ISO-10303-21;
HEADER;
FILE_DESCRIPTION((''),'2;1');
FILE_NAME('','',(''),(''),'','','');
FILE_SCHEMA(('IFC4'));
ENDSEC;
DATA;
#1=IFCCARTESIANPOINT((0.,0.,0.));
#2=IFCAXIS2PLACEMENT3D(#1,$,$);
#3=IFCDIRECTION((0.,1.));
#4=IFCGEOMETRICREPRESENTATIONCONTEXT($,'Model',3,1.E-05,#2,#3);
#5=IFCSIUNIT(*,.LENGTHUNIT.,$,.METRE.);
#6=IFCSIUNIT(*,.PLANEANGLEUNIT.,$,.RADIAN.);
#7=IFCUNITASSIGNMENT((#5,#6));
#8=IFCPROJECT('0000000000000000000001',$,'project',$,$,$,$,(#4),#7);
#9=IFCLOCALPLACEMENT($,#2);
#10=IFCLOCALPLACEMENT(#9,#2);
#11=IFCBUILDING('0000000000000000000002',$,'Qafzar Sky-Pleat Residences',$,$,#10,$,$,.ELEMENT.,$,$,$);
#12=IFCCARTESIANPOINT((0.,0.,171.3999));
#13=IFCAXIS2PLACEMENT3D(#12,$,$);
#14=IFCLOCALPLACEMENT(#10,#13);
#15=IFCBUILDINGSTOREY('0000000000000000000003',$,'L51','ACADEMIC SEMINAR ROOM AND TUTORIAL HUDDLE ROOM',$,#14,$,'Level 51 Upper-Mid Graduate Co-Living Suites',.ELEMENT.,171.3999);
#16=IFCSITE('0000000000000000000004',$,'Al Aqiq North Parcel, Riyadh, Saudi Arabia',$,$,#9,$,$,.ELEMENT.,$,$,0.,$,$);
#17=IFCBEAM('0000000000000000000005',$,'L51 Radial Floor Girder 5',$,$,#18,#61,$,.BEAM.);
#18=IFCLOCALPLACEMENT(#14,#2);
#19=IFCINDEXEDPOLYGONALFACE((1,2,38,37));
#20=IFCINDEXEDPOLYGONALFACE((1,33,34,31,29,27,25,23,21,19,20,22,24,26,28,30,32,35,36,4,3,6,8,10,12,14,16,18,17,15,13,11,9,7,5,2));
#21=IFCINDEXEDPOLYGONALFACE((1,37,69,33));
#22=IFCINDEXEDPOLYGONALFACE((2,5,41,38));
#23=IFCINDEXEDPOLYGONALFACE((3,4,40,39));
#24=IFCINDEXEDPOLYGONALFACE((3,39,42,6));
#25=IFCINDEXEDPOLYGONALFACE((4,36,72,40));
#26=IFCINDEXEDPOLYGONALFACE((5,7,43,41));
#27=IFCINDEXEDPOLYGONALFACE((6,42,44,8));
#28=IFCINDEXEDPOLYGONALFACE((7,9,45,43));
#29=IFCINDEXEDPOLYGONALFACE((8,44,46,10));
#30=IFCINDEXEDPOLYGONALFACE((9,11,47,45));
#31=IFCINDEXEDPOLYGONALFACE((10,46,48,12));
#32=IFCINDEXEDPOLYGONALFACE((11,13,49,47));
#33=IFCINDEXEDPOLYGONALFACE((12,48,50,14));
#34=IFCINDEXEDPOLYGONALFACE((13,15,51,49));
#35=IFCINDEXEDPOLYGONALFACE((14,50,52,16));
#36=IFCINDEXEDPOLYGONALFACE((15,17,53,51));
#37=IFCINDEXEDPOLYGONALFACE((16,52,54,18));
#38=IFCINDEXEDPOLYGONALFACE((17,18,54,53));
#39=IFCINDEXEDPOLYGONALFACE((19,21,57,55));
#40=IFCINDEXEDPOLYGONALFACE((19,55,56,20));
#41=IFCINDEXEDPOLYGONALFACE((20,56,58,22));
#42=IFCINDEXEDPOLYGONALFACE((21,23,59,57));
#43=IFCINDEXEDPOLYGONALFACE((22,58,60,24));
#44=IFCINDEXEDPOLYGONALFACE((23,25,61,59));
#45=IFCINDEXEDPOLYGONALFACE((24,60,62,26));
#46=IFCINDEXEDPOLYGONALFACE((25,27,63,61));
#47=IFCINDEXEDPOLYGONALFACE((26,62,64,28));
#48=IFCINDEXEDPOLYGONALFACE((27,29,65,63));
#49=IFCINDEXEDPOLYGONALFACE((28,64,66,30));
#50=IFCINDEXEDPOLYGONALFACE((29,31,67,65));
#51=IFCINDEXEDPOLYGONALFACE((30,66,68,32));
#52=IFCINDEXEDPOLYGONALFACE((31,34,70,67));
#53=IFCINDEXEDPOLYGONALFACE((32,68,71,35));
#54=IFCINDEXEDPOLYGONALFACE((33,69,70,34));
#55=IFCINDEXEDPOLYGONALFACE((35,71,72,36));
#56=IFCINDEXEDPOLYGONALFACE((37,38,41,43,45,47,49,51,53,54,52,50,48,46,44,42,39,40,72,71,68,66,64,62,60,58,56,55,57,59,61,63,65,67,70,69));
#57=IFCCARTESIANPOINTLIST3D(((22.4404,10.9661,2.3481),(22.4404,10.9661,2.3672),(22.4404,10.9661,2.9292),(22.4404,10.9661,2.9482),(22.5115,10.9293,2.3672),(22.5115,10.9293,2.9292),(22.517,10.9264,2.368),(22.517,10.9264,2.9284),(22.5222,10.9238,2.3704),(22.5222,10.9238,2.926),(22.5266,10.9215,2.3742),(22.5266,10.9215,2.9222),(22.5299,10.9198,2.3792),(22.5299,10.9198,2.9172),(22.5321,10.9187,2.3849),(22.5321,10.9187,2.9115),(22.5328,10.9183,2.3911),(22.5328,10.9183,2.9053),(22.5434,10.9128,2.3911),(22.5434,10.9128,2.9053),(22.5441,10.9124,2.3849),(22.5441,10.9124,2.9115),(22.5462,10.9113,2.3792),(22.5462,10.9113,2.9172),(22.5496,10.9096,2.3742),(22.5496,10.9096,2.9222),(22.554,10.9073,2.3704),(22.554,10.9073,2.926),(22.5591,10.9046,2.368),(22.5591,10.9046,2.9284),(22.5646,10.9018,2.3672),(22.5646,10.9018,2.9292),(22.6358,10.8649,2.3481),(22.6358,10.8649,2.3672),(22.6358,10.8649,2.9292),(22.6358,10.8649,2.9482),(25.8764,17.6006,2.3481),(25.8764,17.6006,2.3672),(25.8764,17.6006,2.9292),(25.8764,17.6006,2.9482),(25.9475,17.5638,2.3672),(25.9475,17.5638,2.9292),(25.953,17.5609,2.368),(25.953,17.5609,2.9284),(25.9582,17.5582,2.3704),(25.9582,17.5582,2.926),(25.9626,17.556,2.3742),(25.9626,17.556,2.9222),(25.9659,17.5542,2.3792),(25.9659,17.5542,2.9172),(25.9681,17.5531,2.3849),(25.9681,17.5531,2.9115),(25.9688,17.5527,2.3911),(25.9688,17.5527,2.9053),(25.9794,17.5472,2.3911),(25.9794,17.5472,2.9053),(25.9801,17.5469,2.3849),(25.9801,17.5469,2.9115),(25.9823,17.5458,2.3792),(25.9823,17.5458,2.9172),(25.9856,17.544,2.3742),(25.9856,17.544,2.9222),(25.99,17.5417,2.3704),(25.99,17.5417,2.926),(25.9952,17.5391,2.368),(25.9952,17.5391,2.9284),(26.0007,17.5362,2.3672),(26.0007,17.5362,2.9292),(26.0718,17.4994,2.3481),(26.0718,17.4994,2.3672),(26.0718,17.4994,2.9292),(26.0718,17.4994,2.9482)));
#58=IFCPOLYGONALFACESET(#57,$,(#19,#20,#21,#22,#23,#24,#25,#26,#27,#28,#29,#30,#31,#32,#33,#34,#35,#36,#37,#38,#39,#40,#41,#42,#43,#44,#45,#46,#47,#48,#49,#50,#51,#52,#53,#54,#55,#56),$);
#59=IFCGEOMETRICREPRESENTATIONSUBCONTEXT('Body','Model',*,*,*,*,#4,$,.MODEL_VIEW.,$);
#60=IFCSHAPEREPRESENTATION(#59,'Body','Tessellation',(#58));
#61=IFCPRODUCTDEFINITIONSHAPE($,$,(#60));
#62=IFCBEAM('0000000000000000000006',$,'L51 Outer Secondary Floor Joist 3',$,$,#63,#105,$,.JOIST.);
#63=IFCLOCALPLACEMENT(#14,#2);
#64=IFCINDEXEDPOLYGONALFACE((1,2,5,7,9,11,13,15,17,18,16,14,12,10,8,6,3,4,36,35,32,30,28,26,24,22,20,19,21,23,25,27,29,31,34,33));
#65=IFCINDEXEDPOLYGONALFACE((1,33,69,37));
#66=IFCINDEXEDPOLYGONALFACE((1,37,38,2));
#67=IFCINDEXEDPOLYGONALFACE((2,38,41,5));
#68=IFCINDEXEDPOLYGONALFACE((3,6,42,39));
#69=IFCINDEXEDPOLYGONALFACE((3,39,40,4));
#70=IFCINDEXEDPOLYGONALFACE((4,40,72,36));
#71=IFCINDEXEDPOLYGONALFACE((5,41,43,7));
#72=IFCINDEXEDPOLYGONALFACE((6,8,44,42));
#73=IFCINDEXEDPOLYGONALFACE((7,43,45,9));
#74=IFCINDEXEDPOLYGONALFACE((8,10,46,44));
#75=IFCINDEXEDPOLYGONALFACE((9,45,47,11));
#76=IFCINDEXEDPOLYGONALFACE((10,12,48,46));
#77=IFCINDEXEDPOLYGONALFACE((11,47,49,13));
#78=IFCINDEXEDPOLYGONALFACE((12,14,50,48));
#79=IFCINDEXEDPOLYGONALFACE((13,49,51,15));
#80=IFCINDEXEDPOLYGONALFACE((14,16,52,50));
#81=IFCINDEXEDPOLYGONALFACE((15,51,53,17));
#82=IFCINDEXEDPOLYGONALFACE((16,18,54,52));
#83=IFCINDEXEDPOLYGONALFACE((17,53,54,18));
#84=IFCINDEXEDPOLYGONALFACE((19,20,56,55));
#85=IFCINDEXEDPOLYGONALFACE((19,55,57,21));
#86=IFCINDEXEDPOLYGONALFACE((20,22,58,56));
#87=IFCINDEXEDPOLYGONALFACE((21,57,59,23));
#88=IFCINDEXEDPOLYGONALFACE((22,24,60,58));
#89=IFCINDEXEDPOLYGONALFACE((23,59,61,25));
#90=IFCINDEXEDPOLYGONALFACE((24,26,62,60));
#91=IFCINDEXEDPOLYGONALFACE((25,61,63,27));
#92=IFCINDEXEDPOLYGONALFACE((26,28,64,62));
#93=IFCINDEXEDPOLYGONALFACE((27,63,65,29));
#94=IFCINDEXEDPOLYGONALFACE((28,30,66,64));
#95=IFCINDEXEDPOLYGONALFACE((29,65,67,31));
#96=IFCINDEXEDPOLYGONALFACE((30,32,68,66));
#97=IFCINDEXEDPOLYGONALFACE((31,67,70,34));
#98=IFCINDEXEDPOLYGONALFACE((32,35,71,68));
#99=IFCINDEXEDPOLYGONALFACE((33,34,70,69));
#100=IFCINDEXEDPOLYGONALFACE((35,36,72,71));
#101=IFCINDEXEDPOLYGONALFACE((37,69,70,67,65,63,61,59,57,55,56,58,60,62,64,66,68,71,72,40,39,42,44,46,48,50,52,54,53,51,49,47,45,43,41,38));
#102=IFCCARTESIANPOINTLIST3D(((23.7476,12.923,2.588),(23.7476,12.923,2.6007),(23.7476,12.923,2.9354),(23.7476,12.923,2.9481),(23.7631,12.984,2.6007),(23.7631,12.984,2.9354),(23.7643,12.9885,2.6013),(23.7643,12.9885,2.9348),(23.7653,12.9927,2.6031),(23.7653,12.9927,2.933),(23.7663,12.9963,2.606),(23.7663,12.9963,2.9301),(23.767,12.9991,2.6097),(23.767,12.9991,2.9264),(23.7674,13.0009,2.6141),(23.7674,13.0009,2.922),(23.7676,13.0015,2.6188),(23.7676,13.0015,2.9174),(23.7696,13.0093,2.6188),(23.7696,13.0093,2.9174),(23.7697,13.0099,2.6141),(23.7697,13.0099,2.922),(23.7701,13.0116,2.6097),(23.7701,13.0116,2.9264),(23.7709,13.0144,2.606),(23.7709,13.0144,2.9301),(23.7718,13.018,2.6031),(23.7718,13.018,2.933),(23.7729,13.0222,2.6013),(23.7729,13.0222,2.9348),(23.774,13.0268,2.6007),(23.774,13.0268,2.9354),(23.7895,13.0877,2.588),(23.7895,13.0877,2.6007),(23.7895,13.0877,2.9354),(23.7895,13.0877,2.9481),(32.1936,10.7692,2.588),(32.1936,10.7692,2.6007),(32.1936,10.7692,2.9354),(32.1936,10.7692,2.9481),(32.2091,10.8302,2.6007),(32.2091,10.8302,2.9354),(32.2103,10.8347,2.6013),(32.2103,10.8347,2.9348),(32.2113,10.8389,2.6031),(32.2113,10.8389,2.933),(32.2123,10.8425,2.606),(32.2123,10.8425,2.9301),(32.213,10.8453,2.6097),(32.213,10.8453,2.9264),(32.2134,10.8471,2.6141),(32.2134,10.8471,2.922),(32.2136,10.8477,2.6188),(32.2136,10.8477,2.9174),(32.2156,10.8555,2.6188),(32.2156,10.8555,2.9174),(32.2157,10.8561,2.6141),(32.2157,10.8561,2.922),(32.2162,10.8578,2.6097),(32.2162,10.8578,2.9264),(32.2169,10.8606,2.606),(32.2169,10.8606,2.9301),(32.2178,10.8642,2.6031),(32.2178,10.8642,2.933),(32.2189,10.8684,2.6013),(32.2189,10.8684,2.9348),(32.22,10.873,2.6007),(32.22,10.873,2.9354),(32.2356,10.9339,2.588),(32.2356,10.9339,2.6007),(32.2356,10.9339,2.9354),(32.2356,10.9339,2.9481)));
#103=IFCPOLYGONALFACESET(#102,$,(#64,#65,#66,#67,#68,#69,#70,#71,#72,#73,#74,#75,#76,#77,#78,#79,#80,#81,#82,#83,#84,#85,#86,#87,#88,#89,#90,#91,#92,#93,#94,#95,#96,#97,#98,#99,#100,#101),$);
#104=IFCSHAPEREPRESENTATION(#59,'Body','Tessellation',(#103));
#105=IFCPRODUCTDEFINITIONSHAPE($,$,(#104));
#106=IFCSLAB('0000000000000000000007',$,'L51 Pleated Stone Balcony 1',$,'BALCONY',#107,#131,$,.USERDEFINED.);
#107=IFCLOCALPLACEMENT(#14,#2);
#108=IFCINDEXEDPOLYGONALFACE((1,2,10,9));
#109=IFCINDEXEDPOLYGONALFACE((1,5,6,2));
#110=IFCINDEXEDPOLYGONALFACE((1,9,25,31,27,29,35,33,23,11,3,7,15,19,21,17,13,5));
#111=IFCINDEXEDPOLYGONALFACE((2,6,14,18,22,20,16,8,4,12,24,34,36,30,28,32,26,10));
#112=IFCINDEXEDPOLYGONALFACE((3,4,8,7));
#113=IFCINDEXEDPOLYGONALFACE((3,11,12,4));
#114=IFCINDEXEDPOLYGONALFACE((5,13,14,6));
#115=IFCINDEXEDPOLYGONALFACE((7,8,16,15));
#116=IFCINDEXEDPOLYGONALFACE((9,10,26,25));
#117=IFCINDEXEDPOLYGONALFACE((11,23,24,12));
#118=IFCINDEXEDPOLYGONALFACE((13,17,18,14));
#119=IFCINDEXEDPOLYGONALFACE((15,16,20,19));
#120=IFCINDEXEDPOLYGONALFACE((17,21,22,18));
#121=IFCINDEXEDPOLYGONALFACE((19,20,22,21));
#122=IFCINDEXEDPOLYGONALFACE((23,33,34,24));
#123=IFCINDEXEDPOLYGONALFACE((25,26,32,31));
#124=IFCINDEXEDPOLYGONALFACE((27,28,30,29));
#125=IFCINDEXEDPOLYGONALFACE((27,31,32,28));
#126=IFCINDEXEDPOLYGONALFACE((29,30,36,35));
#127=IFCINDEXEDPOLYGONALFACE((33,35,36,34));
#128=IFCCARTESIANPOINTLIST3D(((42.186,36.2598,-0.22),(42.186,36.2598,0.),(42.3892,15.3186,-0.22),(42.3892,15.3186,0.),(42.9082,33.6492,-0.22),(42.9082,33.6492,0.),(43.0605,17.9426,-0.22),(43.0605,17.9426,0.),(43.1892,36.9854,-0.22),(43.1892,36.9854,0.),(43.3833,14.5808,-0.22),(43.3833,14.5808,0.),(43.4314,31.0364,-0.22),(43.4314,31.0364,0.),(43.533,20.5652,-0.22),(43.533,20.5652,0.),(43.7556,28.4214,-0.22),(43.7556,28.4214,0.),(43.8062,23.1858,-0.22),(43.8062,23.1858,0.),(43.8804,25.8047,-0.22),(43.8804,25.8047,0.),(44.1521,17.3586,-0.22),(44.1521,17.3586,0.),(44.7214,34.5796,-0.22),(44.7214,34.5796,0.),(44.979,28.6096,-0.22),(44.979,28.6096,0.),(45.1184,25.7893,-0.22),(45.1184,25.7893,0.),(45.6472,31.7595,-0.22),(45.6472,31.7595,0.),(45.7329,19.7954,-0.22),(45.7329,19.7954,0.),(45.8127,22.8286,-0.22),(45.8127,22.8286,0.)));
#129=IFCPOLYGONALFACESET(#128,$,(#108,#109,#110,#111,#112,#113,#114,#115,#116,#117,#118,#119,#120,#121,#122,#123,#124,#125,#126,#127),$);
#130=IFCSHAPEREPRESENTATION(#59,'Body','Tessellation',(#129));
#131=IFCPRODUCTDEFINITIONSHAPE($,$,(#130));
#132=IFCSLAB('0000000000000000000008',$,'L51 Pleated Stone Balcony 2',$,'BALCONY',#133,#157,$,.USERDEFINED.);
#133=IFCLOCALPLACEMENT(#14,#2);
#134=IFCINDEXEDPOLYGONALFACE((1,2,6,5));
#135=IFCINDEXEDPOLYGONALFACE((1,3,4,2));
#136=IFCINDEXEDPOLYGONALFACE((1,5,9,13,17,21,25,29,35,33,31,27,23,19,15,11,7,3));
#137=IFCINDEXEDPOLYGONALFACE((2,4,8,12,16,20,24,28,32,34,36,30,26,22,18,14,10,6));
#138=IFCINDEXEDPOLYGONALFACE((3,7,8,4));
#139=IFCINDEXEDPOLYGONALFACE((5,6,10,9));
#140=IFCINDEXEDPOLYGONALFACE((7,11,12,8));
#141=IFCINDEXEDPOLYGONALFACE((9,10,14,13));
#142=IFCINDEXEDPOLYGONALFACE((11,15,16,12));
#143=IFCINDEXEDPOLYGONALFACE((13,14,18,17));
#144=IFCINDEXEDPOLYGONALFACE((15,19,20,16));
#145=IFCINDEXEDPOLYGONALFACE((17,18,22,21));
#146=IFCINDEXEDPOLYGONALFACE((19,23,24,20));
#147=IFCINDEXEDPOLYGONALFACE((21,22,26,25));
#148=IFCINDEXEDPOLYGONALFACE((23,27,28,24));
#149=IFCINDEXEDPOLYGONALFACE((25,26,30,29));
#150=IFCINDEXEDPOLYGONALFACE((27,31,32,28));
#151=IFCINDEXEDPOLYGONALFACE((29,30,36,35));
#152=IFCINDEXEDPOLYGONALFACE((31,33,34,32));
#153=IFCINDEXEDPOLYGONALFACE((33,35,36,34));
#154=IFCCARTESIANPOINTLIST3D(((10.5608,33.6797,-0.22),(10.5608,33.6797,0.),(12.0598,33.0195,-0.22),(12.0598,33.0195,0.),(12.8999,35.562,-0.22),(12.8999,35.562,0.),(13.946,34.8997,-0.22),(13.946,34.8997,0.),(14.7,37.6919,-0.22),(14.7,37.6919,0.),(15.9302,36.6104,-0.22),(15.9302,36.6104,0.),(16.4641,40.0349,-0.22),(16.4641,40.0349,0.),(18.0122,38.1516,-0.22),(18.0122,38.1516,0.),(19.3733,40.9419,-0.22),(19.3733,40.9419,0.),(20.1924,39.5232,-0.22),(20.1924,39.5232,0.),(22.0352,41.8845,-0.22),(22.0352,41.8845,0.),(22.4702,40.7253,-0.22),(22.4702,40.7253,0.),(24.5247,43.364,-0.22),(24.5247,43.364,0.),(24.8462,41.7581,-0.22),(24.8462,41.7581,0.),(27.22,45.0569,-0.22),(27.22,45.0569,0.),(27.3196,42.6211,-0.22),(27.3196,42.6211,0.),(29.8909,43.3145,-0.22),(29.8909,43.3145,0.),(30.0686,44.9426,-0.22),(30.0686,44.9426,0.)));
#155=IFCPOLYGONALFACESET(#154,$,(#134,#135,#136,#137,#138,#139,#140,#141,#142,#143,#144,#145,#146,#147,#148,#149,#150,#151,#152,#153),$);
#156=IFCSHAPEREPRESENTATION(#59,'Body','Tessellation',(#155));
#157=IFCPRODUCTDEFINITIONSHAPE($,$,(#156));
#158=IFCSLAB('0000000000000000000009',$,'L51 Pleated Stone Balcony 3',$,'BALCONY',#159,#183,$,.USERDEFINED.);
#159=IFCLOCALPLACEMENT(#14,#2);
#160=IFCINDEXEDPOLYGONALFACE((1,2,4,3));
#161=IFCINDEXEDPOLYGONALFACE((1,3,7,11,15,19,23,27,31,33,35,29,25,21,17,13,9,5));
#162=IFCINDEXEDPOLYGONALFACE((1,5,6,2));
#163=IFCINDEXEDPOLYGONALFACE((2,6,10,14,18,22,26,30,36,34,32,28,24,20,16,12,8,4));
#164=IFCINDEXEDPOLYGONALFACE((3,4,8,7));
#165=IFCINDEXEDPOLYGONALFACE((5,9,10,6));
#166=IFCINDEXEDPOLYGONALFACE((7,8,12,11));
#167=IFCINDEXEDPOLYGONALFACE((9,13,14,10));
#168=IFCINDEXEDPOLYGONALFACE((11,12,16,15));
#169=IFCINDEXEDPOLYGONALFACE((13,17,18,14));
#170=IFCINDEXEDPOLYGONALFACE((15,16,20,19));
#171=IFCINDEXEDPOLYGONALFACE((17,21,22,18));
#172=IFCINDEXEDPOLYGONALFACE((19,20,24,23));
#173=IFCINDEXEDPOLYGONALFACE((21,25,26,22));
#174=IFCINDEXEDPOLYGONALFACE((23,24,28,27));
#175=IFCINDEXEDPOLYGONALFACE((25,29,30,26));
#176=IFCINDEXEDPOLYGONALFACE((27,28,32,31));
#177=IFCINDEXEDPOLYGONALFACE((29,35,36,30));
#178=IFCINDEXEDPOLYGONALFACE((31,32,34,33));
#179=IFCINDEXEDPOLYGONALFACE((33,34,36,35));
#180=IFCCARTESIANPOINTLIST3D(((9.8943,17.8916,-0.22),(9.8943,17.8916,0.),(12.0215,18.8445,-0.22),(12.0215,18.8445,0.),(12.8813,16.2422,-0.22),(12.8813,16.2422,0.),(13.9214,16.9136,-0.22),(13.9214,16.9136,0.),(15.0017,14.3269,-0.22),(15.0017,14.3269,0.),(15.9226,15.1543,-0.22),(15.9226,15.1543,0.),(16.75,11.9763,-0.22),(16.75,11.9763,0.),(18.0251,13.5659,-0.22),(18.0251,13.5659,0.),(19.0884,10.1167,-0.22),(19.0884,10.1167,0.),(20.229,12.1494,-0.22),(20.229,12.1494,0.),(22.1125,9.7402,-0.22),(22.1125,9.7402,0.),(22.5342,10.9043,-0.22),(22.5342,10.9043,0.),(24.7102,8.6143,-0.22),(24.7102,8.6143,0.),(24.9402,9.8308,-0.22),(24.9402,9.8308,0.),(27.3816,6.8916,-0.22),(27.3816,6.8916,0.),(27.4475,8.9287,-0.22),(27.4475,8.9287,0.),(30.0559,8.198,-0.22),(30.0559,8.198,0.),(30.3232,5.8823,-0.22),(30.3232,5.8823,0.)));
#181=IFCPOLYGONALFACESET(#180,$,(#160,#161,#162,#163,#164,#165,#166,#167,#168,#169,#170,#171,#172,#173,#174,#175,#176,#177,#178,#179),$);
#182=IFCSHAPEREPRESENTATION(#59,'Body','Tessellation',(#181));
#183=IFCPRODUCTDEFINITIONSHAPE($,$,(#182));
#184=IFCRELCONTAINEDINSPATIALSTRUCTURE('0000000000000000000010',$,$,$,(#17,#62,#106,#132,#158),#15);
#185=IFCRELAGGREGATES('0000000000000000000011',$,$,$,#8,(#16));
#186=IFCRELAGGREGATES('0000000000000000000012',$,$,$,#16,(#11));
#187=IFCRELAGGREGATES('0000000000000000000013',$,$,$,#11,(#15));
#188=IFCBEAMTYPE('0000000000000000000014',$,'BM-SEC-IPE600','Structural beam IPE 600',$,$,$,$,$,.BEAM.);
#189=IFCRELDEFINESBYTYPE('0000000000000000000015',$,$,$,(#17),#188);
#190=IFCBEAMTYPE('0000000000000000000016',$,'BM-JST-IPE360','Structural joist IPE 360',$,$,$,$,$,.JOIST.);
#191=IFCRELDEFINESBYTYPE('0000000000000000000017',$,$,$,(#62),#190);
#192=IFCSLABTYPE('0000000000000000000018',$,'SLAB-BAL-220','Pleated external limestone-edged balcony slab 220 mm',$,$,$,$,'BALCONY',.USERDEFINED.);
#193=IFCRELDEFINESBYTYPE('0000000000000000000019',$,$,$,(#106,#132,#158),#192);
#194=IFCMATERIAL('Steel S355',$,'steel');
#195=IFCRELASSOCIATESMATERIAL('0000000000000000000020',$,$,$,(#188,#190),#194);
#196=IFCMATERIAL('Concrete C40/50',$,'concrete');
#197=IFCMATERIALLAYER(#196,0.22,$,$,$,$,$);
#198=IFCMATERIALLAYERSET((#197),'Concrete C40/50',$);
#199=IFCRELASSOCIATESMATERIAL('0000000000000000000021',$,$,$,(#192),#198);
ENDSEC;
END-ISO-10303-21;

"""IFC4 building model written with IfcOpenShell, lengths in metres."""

from ifc_helpers import new_model, si_unit, direction, frame, origin, origin_2d, place, context, subcontext, project, spatial, polyline, i_section, outline, extrude, source, transform, mapped, material, layer, layer_set, material_profile, profile_set, type_object, element, save


model = new_model("IFC4")

# Units and contexts
model_context = context("Model", 3, precision=1e-05, world=origin(), true_north=direction((0.0, 1.0)))
body_context = subcontext(model_context, "Body", "Model", "MODEL_VIEW")
ifc_project = project(units=[si_unit("LENGTHUNIT", "METRE"), si_unit("PLANEANGLEUNIT", "RADIAN")], contexts=[model_context])

# Site, building, storey
site_placement = place(None, origin())
site = spatial("IfcSite", under=ifc_project, at=site_placement, Name="Al Aqiq North Parcel, Riyadh, Saudi Arabia", CompositionType="ELEMENT", RefElevation=0.0)
building_placement = place(site_placement, origin())
building = spatial("IfcBuilding", under=site, at=building_placement, Name="Qafzar Sky-Pleat Residences", CompositionType="ELEMENT")
storey_placement = place(building_placement, frame((0.0, 0.0, 171.3999)))
storey = spatial("IfcBuildingStorey", under=building, at=storey_placement, Name="L51", Description="ACADEMIC SEMINAR ROOM AND TUTORIAL HUDDLE ROOM", LongName="Level 51 Upper-Mid Graduate Co-Living Suites", CompositionType="ELEMENT", Elevation=171.3999)

# Shared definitions
ifc_material_1 = material(Name="Steel S355", Category="steel")

# Beams
ifc_material_profile_1 = material_profile(ifc_material_1, i_section(OverallWidth=0.22, OverallDepth=0.6001, WebThickness=0.012, FlangeThickness=0.019, FilletRadius=0.0239, at=origin_2d()), Name="IPE 600")
ifc_profile_set_1 = profile_set([ifc_material_profile_1], Name="Steel S355")
beam_type_1 = type_object("IfcBeamType", Name="BM-SEC-IPE600", Description="Structural beam IPE 600", PredefinedType="BEAM", material=ifc_profile_set_1)
shared_shape_1 = source(origin(), body_context, "Body", "SweptSolid", [
    extrude(i_section(OverallWidth=0.22, OverallDepth=0.6001, WebThickness=0.012, FlangeThickness=0.019, FilletRadius=0.0239, at=origin_2d()), origin(), (0.0, 0.0, 1.0), 7.4714),
])
beam_1_placement = place(storey_placement, frame((22.5381, 10.9155, 2.6482), z_axis=(0.459886, 0.887978, 0.0), x_axis=(-0.887978, 0.459886, 0.0)))
element("IfcBeam", 1, at=beam_1_placement, inside=storey, type_object=beam_type_1, Name="L51 Radial Floor Girder 5", PredefinedType="BEAM", context=body_context, shape_type="MappedRepresentation", body=[
    mapped(shared_shape_1, transform((0.0, 0.0, 0.0), x_axis=(1.0, 0.0, 0.0), y_axis=(0.0, 1.0, 0.0), z_axis=(0.0, 0.0, 1.0), scale=1.0)),
])
ifc_material_profile_2 = material_profile(ifc_material_1, i_section(OverallWidth=0.1699, OverallDepth=0.3601, WebThickness=0.0081, FlangeThickness=0.0127, FilletRadius=0.0181, at=origin_2d()), Name="IPE 360")
ifc_profile_set_2 = profile_set([ifc_material_profile_2], Name="Steel S355")
beam_type_2 = type_object("IfcBeamType", Name="BM-JST-IPE360", Description="Structural joist IPE 360", PredefinedType="JOIST", material=ifc_profile_set_2)
shared_shape_2 = source(origin(), body_context, "Body", "SweptSolid", [
    extrude(i_section(OverallWidth=0.1699, OverallDepth=0.3601, WebThickness=0.0081, FlangeThickness=0.0127, FilletRadius=0.0181, at=origin_2d()), origin(), (0.0, 0.0, 1.0), 8.7163),
])
beam_2_placement = place(storey_placement, frame((23.7686, 13.0054, 2.7681), z_axis=(0.96899, -0.2471, 0.0), x_axis=(0.2471, 0.96899, 0.0)))
element("IfcBeam", 2, at=beam_2_placement, inside=storey, type_object=beam_type_2, Name="L51 Outer Secondary Floor Joist 3", PredefinedType="JOIST", context=body_context, shape_type="MappedRepresentation", body=[
    mapped(shared_shape_2, transform((0.0, 0.0, 0.0), x_axis=(1.0, 0.0, 0.0), y_axis=(0.0, 1.0, 0.0), z_axis=(0.0, 0.0, 1.0), scale=1.0)),
])

# Slabs
ifc_material_2 = material(Name="Concrete C40/50", Category="concrete")
ifc_layer_1 = layer(ifc_material_2, 0.22)
ifc_layer_set_1 = layer_set([ifc_layer_1], Name="Concrete C40/50")
slab_type_1 = type_object("IfcSlabType", Name="SLAB-BAL-220", Description="Pleated external limestone-edged balcony slab 220 mm", ElementType="BALCONY", PredefinedType="USERDEFINED", material=ifc_layer_set_1)
slab_1_placement = place(storey_placement, frame((0.0, 0.0, -0.22)))
element("IfcSlab", 3, at=slab_1_placement, inside=storey, type_object=slab_type_1, Name="L51 Pleated Stone Balcony 1", ObjectType="BALCONY", PredefinedType="USERDEFINED", context=body_context, shape_type="SweptSolid", body=[
    extrude(outline(polyline([(43.0605, 17.9426), (43.533, 20.5652), (43.8062, 23.1858), (43.8804, 25.8047), (43.7556, 28.4214), (43.4314, 31.0364), (42.9082, 33.6492), (42.186, 36.2598), (43.1892, 36.9854), (44.7214, 34.5796), (45.6472, 31.7595), (44.979, 28.6096), (45.1184, 25.7893), (45.8127, 22.8286), (45.7329, 19.7954), (44.1521, 17.3586), (43.3833, 14.5808), (42.3892, 15.3186), (43.0605, 17.9426)])), origin(), (0.0, 0.0, 1.0), 0.22),
])
slab_2_placement = place(storey_placement, frame((0.0, 0.0, -0.22)))
element("IfcSlab", 4, at=slab_2_placement, inside=storey, type_object=slab_type_1, Name="L51 Pleated Stone Balcony 2", ObjectType="BALCONY", PredefinedType="USERDEFINED", context=body_context, shape_type="SweptSolid", body=[
    extrude(outline(polyline([(27.3196, 42.6211), (24.8462, 41.7581), (22.4702, 40.7253), (20.1924, 39.5232), (18.0122, 38.1516), (15.9302, 36.6104), (13.946, 34.8997), (12.0598, 33.0195), (10.5608, 33.6797), (12.8999, 35.562), (14.7, 37.6919), (16.4641, 40.0349), (19.3733, 40.9419), (22.0352, 41.8845), (24.5247, 43.364), (27.22, 45.0569), (30.0686, 44.9426), (29.8909, 43.3145), (27.3196, 42.6211)])), origin(), (0.0, 0.0, 1.0), 0.22),
])
slab_3_placement = place(storey_placement, frame((0.0, 0.0, -0.22)))
element("IfcSlab", 5, at=slab_3_placement, inside=storey, type_object=slab_type_1, Name="L51 Pleated Stone Balcony 3", ObjectType="BALCONY", PredefinedType="USERDEFINED", context=body_context, shape_type="SweptSolid", body=[
    extrude(outline(polyline([(13.9214, 16.9136), (15.9226, 15.1543), (18.0251, 13.5659), (20.229, 12.1494), (22.5342, 10.9043), (24.9402, 9.8308), (27.4475, 8.9287), (30.0559, 8.198), (30.3232, 5.8823), (27.3816, 6.8916), (24.7102, 8.6143), (22.1125, 9.7402), (19.0884, 10.1167), (16.75, 11.9763), (15.0017, 14.3269), (12.8813, 16.2422), (9.8943, 17.8916), (12.0215, 18.8445), (13.9214, 16.9136)])), origin(), (0.0, 0.0, 1.0), 0.22),
])

save(model, "model.ifc")
